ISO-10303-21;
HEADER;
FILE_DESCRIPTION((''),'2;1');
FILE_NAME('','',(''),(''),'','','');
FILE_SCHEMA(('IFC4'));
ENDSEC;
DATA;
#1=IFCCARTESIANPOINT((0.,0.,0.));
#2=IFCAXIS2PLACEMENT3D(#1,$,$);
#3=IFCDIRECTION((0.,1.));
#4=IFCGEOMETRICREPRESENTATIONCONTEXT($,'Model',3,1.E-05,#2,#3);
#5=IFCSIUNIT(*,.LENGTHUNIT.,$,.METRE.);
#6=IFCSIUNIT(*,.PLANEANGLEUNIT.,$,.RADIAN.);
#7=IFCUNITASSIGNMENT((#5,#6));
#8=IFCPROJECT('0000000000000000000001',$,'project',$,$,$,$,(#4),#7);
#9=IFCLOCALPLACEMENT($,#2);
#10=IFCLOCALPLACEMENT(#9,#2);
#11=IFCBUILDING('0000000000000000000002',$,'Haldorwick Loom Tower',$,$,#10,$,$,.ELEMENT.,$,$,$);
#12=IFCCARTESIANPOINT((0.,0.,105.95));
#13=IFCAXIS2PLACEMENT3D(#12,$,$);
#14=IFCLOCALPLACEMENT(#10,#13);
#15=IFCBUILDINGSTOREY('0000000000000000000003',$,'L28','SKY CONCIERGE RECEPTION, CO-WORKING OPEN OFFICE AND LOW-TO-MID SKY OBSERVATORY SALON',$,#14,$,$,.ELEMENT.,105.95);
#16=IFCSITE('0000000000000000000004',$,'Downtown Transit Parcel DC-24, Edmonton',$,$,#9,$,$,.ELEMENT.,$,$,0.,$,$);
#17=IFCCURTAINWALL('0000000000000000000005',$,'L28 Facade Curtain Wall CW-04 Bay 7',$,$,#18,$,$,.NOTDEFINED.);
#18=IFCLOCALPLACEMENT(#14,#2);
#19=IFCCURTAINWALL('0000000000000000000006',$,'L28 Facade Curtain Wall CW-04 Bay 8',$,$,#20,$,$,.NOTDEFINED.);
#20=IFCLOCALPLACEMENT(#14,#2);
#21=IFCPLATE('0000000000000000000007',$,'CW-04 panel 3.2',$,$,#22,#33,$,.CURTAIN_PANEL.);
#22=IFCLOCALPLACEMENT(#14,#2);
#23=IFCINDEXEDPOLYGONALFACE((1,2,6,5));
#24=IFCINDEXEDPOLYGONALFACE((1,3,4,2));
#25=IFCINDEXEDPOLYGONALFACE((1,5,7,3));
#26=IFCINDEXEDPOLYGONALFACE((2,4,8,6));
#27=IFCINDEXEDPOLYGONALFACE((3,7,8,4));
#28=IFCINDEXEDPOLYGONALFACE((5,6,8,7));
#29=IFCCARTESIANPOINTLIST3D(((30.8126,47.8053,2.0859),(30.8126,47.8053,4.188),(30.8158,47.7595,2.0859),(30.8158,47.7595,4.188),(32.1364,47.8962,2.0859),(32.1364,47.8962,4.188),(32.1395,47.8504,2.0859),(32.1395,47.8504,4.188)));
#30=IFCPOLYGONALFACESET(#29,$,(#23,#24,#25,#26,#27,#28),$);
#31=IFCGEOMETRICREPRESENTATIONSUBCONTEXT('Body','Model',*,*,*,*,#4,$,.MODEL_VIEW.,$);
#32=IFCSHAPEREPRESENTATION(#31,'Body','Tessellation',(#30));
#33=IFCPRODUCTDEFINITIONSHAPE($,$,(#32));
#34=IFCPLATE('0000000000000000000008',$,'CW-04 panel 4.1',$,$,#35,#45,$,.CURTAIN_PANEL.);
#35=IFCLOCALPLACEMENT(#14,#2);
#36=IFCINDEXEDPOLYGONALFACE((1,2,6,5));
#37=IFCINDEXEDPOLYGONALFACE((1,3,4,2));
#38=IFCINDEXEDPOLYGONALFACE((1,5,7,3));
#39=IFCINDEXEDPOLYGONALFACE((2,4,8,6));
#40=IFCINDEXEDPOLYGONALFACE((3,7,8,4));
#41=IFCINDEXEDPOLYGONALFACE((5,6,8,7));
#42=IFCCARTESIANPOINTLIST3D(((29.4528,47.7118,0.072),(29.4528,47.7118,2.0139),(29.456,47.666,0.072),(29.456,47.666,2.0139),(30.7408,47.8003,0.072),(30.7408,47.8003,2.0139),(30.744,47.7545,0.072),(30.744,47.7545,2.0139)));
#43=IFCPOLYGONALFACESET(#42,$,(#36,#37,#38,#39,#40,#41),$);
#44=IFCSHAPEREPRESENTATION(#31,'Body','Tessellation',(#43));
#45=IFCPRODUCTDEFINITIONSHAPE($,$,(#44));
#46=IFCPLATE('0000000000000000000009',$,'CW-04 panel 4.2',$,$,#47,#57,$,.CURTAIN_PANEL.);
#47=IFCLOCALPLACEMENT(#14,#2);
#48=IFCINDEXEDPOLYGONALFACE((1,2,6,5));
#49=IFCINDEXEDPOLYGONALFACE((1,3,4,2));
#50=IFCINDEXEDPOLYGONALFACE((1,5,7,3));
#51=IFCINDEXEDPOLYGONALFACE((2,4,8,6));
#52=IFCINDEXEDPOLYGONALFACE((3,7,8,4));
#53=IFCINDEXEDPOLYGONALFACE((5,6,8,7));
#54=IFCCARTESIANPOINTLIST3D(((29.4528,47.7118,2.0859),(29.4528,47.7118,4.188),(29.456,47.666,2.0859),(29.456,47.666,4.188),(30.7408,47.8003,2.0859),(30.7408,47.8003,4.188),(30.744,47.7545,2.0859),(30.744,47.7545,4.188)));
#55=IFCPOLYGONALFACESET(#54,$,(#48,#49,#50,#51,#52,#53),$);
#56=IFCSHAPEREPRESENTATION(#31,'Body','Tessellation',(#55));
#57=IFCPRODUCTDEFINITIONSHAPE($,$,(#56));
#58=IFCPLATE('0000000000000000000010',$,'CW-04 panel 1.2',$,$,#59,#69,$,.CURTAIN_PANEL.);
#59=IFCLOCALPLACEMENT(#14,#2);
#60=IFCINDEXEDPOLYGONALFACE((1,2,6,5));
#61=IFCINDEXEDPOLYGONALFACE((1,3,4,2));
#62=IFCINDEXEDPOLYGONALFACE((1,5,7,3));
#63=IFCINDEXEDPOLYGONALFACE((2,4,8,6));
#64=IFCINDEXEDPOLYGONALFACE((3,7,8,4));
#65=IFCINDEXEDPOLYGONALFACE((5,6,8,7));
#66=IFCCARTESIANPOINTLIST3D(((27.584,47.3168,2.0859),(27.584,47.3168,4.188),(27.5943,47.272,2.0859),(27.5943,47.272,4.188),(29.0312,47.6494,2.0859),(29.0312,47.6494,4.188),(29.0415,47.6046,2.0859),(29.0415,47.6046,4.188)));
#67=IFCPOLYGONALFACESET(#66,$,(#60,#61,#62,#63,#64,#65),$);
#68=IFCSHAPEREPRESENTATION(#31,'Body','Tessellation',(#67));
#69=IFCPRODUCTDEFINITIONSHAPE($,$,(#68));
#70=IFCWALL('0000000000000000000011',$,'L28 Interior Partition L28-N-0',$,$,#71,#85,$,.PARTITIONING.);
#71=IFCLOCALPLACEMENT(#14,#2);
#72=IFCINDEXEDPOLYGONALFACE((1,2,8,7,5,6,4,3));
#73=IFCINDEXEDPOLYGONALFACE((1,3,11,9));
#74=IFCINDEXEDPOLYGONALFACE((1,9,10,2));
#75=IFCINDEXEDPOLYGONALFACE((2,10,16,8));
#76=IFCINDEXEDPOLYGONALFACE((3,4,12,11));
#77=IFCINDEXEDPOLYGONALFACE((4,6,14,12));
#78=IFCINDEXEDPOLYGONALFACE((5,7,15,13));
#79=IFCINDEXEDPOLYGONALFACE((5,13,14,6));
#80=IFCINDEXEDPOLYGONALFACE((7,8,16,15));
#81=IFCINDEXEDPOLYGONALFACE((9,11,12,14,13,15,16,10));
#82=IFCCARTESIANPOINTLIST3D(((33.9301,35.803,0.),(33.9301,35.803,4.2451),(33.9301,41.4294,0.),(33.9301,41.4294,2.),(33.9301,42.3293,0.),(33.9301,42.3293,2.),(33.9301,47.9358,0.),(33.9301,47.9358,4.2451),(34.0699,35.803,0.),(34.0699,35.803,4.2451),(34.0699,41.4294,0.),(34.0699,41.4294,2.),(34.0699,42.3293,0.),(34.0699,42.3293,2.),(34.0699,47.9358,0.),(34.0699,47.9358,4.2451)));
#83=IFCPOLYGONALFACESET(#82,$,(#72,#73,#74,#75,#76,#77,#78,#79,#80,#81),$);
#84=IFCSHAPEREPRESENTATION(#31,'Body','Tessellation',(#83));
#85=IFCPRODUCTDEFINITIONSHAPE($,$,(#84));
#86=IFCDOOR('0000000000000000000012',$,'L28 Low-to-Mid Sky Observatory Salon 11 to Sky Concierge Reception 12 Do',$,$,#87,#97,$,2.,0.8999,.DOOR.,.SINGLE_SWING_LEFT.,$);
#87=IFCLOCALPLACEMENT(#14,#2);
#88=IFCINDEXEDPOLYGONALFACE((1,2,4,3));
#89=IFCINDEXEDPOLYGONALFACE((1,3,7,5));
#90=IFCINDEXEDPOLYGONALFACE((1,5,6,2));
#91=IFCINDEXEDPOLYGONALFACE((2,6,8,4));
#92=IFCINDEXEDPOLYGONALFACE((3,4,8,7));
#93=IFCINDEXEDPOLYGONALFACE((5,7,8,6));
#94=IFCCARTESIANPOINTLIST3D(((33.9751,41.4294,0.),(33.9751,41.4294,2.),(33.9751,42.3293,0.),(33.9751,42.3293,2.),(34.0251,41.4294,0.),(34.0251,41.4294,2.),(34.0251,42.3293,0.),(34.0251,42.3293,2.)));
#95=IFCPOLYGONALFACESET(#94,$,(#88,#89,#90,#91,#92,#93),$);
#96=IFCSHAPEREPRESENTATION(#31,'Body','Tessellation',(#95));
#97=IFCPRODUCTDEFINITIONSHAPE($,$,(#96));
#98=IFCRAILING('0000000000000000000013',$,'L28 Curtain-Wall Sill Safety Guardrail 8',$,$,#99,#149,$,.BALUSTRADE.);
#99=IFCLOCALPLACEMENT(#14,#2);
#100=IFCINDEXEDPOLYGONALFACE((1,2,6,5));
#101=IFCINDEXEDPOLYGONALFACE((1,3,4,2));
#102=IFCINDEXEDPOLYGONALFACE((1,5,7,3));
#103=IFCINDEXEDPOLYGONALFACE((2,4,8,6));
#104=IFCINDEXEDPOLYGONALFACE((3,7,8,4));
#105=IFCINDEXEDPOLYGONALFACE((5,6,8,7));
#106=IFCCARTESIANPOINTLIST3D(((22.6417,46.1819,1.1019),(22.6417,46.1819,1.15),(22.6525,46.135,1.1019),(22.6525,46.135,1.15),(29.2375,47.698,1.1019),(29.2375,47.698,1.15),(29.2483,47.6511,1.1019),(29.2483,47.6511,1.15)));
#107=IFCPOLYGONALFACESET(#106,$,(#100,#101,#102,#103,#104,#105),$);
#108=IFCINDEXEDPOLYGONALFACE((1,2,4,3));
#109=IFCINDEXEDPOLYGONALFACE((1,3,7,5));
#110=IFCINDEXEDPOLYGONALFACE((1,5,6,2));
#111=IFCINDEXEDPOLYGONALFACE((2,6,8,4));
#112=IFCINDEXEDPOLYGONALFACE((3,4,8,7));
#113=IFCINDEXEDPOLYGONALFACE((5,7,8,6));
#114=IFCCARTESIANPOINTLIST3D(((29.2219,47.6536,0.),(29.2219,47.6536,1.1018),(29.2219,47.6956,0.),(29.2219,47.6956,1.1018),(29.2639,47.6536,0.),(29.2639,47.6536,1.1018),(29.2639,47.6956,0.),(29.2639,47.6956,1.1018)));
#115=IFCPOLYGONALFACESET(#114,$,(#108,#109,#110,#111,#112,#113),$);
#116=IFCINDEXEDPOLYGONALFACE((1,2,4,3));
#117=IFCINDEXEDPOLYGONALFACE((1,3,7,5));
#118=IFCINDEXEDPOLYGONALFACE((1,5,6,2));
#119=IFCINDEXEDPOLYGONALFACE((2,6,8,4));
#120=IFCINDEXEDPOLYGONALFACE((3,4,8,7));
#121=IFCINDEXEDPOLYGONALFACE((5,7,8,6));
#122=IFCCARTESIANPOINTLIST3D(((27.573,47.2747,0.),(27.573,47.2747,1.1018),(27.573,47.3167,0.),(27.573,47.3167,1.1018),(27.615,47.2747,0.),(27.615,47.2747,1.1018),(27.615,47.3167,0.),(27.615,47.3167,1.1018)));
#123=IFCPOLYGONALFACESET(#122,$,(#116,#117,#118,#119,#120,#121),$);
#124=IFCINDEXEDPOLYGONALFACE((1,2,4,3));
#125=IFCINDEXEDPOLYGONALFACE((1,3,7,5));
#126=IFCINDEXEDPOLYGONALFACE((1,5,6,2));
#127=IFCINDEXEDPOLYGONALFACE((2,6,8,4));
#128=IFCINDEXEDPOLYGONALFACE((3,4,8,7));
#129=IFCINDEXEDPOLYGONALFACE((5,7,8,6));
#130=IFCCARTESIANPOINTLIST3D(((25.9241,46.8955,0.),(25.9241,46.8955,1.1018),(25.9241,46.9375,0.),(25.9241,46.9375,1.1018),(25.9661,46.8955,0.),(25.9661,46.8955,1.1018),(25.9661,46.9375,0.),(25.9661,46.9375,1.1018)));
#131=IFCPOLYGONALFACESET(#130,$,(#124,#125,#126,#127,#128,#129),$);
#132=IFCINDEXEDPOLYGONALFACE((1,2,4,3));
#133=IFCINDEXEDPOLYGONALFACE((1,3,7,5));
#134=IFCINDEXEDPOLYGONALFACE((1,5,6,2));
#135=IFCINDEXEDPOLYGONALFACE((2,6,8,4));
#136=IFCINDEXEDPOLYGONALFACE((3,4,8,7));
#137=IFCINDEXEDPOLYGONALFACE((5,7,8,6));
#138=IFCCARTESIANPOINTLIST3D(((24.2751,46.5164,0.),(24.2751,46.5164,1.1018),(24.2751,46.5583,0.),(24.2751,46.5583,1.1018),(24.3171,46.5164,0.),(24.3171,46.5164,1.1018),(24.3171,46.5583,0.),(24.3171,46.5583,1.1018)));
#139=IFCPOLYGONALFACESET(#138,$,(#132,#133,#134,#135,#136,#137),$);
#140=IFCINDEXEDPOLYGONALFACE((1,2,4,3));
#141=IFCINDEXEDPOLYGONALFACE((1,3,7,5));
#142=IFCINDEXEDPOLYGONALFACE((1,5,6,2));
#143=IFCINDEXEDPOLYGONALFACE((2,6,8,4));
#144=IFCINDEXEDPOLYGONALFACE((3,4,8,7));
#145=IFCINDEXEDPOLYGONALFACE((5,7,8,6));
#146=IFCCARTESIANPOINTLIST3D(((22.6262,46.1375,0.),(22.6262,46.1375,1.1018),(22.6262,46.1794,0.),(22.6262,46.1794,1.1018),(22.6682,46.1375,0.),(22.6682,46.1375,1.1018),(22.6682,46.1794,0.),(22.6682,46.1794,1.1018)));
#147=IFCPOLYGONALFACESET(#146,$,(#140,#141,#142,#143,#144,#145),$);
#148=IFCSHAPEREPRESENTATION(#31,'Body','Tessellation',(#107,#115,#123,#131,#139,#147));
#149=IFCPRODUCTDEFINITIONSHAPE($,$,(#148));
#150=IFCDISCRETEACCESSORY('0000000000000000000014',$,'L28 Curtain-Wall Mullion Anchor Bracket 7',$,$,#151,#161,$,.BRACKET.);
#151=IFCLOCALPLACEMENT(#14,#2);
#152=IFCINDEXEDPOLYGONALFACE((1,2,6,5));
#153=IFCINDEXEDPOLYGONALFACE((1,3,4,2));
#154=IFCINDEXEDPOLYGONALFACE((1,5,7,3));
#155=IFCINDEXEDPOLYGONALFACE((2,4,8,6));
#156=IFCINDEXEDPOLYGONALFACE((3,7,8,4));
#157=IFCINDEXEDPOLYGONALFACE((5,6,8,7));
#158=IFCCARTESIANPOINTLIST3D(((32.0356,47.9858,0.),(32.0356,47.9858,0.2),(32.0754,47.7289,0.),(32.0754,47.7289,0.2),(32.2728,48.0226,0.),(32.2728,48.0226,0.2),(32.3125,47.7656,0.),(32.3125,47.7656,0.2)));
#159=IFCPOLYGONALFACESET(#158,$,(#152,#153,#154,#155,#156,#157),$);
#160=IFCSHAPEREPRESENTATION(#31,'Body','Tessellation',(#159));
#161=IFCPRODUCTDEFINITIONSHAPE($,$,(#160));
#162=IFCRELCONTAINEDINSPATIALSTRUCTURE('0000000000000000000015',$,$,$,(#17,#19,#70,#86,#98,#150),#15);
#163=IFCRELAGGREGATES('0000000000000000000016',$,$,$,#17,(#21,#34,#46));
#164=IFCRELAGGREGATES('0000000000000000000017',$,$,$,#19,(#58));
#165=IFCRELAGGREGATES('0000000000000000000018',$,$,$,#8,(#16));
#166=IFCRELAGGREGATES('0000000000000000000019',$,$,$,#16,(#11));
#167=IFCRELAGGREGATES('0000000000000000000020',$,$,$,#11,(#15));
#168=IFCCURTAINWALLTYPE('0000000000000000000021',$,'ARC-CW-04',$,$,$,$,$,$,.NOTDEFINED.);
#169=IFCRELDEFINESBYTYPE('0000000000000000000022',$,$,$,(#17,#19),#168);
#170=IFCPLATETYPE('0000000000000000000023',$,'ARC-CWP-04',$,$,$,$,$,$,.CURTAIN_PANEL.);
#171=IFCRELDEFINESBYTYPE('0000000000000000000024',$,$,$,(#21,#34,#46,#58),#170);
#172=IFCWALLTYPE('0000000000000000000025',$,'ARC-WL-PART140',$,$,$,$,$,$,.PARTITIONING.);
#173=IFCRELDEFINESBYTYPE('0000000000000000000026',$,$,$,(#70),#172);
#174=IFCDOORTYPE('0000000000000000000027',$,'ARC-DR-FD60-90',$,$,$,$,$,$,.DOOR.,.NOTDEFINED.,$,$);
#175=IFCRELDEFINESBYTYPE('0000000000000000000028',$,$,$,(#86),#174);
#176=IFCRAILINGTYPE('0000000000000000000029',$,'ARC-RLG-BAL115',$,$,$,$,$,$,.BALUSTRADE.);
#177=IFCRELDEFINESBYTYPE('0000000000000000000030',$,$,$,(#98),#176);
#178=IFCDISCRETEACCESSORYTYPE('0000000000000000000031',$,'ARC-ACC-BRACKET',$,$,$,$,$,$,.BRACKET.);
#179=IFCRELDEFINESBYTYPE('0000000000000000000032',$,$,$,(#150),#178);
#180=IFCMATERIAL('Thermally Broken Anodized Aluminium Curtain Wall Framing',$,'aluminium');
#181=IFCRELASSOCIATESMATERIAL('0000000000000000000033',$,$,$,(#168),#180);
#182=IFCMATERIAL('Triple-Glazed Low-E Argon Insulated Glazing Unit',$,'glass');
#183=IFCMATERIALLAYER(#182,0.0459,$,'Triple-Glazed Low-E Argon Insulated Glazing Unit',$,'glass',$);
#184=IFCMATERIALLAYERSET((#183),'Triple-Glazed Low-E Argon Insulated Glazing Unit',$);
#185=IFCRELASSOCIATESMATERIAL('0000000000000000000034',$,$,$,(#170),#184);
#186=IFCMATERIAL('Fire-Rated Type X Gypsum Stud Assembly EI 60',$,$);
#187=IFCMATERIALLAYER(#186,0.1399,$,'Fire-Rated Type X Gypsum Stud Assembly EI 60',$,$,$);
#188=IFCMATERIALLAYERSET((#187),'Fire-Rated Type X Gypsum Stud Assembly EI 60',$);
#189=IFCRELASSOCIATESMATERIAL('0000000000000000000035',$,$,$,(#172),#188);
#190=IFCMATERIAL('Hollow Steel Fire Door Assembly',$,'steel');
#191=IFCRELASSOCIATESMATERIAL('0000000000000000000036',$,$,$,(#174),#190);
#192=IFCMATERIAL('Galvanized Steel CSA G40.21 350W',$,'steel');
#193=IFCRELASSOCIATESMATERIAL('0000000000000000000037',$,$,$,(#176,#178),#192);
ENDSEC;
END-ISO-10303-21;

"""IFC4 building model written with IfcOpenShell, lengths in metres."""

from ifc_helpers import new_model, si_unit, direction, frame, frame_2d, origin, origin_2d, place, context, subcontext, project, spatial, rectangle, extrude, material, layer, layer_set, type_object, element, fill, aggregate, save


model = new_model("IFC4")

# Units and contexts
model_context = context("Model", 3, precision=1e-05, world=origin(), true_north=direction((0.0, 1.0)))
body_context = subcontext(model_context, "Body", "Model", "MODEL_VIEW")
ifc_project = project(units=[si_unit("LENGTHUNIT", "METRE"), si_unit("PLANEANGLEUNIT", "RADIAN")], contexts=[model_context])

# Site, building, storey
site_placement = place(None, origin())
site = spatial("IfcSite", under=ifc_project, at=site_placement, Name="Downtown Transit Parcel DC-24, Edmonton", CompositionType="ELEMENT", RefElevation=0.0)
building_placement = place(site_placement, origin())
building = spatial("IfcBuilding", under=site, at=building_placement, Name="Haldorwick Loom Tower", CompositionType="ELEMENT")
storey_placement = place(building_placement, frame((0.0, 0.0, 105.95)))
storey = spatial("IfcBuildingStorey", under=building, at=storey_placement, Name="L28", Description="SKY CONCIERGE RECEPTION, CO-WORKING OPEN OFFICE AND LOW-TO-MID SKY OBSERVATORY SALON", CompositionType="ELEMENT", Elevation=105.95)

# Curtain wall
ifc_material_1 = material(Name="Thermally Broken Anodized Aluminium Curtain Wall Framing", Category="aluminium")
curtain_wall_type = type_object("IfcCurtainWallType", Name="ARC-CW-04", PredefinedType="NOTDEFINED", material=ifc_material_1)
curtain_wall_1_placement = place(storey_placement, origin())
curtain_wall_1 = element("IfcCurtainWall", 1, at=curtain_wall_1_placement, inside=storey, type_object=curtain_wall_type, Name="L28 Facade Curtain Wall CW-04 Bay 7", PredefinedType="NOTDEFINED")

# Curtain wall
curtain_wall_2_placement = place(storey_placement, origin())
curtain_wall_2 = element("IfcCurtainWall", 2, at=curtain_wall_2_placement, inside=storey, type_object=curtain_wall_type, Name="L28 Facade Curtain Wall CW-04 Bay 8", PredefinedType="NOTDEFINED")

# Plates
ifc_material_2 = material(Name="Triple-Glazed Low-E Argon Insulated Glazing Unit", Category="glass")
ifc_layer_1 = layer(ifc_material_2, 0.0459, Name="Triple-Glazed Low-E Argon Insulated Glazing Unit", Category="glass")
ifc_layer_set_1 = layer_set([ifc_layer_1], Name="Triple-Glazed Low-E Argon Insulated Glazing Unit")
plate_type = type_object("IfcPlateType", Name="ARC-CWP-04", PredefinedType="CURTAIN_PANEL", material=ifc_layer_set_1)
plate_1_placement = place(storey_placement, frame((31.4761, 47.8279, 2.0859), z_axis=(0.0, 0.0, 1.0), x_axis=(-0.997651, -0.068496, 0.0)))
plate_1 = element("IfcPlate", 3, at=plate_1_placement, type_object=plate_type, Name="CW-04 panel 3.2", PredefinedType="CURTAIN_PANEL", context=body_context, shape_type="SweptSolid", body=[
    extrude(rectangle(XDim=1.3269, YDim=0.0459, at=origin_2d()), origin(), (0.0, 0.0, 1.0), 2.1021),
])
plate_2_placement = place(storey_placement, frame((30.0984, 47.7332, 0.072), z_axis=(0.0, 0.0, 1.0), x_axis=(-0.997651, -0.068496, 0.0)))
plate_2 = element("IfcPlate", 4, at=plate_2_placement, type_object=plate_type, Name="CW-04 panel 4.1", PredefinedType="CURTAIN_PANEL", context=body_context, shape_type="SweptSolid", body=[
    extrude(rectangle(XDim=1.291, YDim=0.0459, at=origin_2d()), origin(), (0.0, 0.0, 1.0), 1.9419),
])
plate_3_placement = place(storey_placement, frame((30.0984, 47.7332, 2.0859), z_axis=(0.0, 0.0, 1.0), x_axis=(-0.997651, -0.068496, 0.0)))
plate_3 = element("IfcPlate", 5, at=plate_3_placement, type_object=plate_type, Name="CW-04 panel 4.2", PredefinedType="CURTAIN_PANEL", context=body_context, shape_type="SweptSolid", body=[
    extrude(rectangle(XDim=1.291, YDim=0.0459, at=origin_2d()), origin(), (0.0, 0.0, 1.0), 2.1021),
])
aggregate(curtain_wall_1, [plate_1, plate_2, plate_3])
plate_4_placement = place(storey_placement, frame((28.3127, 47.4607, 2.0859), z_axis=(0.0, 0.0, 1.0), x_axis=(-0.974593, -0.223981, 0.0)))
plate_4 = element("IfcPlate", 6, at=plate_4_placement, type_object=plate_type, Name="CW-04 panel 1.2", PredefinedType="CURTAIN_PANEL", context=body_context, shape_type="SweptSolid", body=[
    extrude(rectangle(XDim=1.4849, YDim=0.0459, at=origin_2d()), origin(), (0.0, 0.0, 1.0), 2.1021),
])
aggregate(curtain_wall_2, [plate_4])

# Wall, opening, door
ifc_material_3 = material(Name="Fire-Rated Type X Gypsum Stud Assembly EI 60")
ifc_layer_2 = layer(ifc_material_3, 0.1399, Name="Fire-Rated Type X Gypsum Stud Assembly EI 60")
ifc_layer_set_2 = layer_set([ifc_layer_2], Name="Fire-Rated Type X Gypsum Stud Assembly EI 60")
wall_type = type_object("IfcWallType", Name="ARC-WL-PART140", PredefinedType="PARTITIONING", material=ifc_layer_set_2)
wall_placement = place(storey_placement, frame((34.0, 35.803, 0.0), z_axis=(0.0, 0.0, 1.0), x_axis=(0.0, 1.0, 0.0)))
wall = element("IfcWall", 7, at=wall_placement, inside=storey, type_object=wall_type, Name="L28 Interior Partition L28-N-0", PredefinedType="PARTITIONING", context=body_context, shape_type="SweptSolid", body=[
    extrude(rectangle(XDim=12.1328, YDim=0.1399, at=frame_2d((6.0664, 0.0))), origin(), (0.0, 0.0, 1.0), 4.2451),
])
opening_placement = place(wall_placement, frame((5.6265, 0.0, 0.0)))
opening = element("IfcOpeningElement", 8, at=opening_placement, cuts=wall, PredefinedType="OPENING", context=body_context, shape_type="SweptSolid", body=[
    extrude(rectangle(XDim=0.8999, YDim=2.0, at=frame_2d((0.45, 1.0))), frame((0.0, 0.0798, 0.0), z_axis=(0.0, -1.0, 0.0), x_axis=(1.0, 0.0, 0.0)), (0.0, 0.0, 1.0), 0.1599),
])
ifc_material_4 = material(Name="Hollow Steel Fire Door Assembly", Category="steel")
door_type = type_object("IfcDoorType", Name="ARC-DR-FD60-90", OperationType="NOTDEFINED", PredefinedType="DOOR", material=ifc_material_4)
door_placement = place(opening_placement, origin())
door = element("IfcDoor", 9, at=door_placement, inside=storey, type_object=door_type, Name="L28 Low-to-Mid Sky Observatory Salon 11 to Sky Concierge Reception 12 Do", OperationType="SINGLE_SWING_LEFT", OverallHeight=2.0, OverallWidth=0.8999, PredefinedType="DOOR", context=body_context, shape_type="SweptSolid", body=[
    extrude(rectangle(XDim=0.8999, YDim=2.0, at=frame_2d((0.45, 1.0))), frame((0.0, 0.0249, 0.0), z_axis=(0.0, -1.0, 0.0), x_axis=(1.0, 0.0, 0.0)), (0.0, 0.0, 1.0), 0.05),
])
fill(opening, door)

# Railing
ifc_material_5 = material(Name="Galvanized Steel CSA G40.21 350W", Category="steel")
railing_type = type_object("IfcRailingType", Name="ARC-RLG-BAL115", PredefinedType="BALUSTRADE", material=ifc_material_5)
railing_placement = place(storey_placement, frame((29.2429, 47.6746, 0.0)))
element("IfcRailing", 10, at=railing_placement, inside=storey, type_object=railing_type, Name="L28 Curtain-Wall Sill Safety Guardrail 8", PredefinedType="BALUSTRADE", context=body_context, shape_type="SweptSolid", body=[
    extrude(rectangle(XDim=0.0481, YDim=0.0481, at=origin_2d()), frame((0.0, 0.0, 1.126), z_axis=(-0.974584, -0.224022, 0.0), x_axis=(0.224022, -0.974584, 0.0)), (0.0, 0.0, 1.0), 6.7678),
    extrude(rectangle(XDim=0.042, YDim=0.042, at=origin_2d()), origin(), (0.0, 0.0, 1.0), 1.1018),
    extrude(rectangle(XDim=0.042, YDim=0.042, at=origin_2d()), frame((-1.6489, -0.3789, 0.0)), (0.0, 0.0, 1.0), 1.1018),
    extrude(rectangle(XDim=0.042, YDim=0.042, at=origin_2d()), frame((-3.2979, -0.7581, 0.0)), (0.0, 0.0, 1.0), 1.1018),
    extrude(rectangle(XDim=0.042, YDim=0.042, at=origin_2d()), frame((-4.9468, -1.1372, 0.0)), (0.0, 0.0, 1.0), 1.1018),
    extrude(rectangle(XDim=0.042, YDim=0.042, at=origin_2d()), frame((-6.5957, -1.5161, 0.0)), (0.0, 0.0, 1.0), 1.1018),
])

# Discrete accessory
discrete_accessory_type = type_object("IfcDiscreteAccessoryType", Name="ARC-ACC-BRACKET", PredefinedType="BRACKET", material=ifc_material_5)
discrete_accessory_placement = place(storey_placement, frame((32.1741, 47.8757, 0.0), z_axis=(0.0, 0.0, 1.0), x_axis=(-0.152986, 0.988228, 0.0)))
element("IfcDiscreteAccessory", 11, at=discrete_accessory_placement, inside=storey, type_object=discrete_accessory_type, Name="L28 Curtain-Wall Mullion Anchor Bracket 7", PredefinedType="BRACKET", context=body_context, shape_type="SweptSolid", body=[
    extrude(rectangle(XDim=0.26, YDim=0.24, at=origin_2d()), origin(), (0.0, 0.0, 1.0), 0.2),
])

save(model, "model.ifc")
